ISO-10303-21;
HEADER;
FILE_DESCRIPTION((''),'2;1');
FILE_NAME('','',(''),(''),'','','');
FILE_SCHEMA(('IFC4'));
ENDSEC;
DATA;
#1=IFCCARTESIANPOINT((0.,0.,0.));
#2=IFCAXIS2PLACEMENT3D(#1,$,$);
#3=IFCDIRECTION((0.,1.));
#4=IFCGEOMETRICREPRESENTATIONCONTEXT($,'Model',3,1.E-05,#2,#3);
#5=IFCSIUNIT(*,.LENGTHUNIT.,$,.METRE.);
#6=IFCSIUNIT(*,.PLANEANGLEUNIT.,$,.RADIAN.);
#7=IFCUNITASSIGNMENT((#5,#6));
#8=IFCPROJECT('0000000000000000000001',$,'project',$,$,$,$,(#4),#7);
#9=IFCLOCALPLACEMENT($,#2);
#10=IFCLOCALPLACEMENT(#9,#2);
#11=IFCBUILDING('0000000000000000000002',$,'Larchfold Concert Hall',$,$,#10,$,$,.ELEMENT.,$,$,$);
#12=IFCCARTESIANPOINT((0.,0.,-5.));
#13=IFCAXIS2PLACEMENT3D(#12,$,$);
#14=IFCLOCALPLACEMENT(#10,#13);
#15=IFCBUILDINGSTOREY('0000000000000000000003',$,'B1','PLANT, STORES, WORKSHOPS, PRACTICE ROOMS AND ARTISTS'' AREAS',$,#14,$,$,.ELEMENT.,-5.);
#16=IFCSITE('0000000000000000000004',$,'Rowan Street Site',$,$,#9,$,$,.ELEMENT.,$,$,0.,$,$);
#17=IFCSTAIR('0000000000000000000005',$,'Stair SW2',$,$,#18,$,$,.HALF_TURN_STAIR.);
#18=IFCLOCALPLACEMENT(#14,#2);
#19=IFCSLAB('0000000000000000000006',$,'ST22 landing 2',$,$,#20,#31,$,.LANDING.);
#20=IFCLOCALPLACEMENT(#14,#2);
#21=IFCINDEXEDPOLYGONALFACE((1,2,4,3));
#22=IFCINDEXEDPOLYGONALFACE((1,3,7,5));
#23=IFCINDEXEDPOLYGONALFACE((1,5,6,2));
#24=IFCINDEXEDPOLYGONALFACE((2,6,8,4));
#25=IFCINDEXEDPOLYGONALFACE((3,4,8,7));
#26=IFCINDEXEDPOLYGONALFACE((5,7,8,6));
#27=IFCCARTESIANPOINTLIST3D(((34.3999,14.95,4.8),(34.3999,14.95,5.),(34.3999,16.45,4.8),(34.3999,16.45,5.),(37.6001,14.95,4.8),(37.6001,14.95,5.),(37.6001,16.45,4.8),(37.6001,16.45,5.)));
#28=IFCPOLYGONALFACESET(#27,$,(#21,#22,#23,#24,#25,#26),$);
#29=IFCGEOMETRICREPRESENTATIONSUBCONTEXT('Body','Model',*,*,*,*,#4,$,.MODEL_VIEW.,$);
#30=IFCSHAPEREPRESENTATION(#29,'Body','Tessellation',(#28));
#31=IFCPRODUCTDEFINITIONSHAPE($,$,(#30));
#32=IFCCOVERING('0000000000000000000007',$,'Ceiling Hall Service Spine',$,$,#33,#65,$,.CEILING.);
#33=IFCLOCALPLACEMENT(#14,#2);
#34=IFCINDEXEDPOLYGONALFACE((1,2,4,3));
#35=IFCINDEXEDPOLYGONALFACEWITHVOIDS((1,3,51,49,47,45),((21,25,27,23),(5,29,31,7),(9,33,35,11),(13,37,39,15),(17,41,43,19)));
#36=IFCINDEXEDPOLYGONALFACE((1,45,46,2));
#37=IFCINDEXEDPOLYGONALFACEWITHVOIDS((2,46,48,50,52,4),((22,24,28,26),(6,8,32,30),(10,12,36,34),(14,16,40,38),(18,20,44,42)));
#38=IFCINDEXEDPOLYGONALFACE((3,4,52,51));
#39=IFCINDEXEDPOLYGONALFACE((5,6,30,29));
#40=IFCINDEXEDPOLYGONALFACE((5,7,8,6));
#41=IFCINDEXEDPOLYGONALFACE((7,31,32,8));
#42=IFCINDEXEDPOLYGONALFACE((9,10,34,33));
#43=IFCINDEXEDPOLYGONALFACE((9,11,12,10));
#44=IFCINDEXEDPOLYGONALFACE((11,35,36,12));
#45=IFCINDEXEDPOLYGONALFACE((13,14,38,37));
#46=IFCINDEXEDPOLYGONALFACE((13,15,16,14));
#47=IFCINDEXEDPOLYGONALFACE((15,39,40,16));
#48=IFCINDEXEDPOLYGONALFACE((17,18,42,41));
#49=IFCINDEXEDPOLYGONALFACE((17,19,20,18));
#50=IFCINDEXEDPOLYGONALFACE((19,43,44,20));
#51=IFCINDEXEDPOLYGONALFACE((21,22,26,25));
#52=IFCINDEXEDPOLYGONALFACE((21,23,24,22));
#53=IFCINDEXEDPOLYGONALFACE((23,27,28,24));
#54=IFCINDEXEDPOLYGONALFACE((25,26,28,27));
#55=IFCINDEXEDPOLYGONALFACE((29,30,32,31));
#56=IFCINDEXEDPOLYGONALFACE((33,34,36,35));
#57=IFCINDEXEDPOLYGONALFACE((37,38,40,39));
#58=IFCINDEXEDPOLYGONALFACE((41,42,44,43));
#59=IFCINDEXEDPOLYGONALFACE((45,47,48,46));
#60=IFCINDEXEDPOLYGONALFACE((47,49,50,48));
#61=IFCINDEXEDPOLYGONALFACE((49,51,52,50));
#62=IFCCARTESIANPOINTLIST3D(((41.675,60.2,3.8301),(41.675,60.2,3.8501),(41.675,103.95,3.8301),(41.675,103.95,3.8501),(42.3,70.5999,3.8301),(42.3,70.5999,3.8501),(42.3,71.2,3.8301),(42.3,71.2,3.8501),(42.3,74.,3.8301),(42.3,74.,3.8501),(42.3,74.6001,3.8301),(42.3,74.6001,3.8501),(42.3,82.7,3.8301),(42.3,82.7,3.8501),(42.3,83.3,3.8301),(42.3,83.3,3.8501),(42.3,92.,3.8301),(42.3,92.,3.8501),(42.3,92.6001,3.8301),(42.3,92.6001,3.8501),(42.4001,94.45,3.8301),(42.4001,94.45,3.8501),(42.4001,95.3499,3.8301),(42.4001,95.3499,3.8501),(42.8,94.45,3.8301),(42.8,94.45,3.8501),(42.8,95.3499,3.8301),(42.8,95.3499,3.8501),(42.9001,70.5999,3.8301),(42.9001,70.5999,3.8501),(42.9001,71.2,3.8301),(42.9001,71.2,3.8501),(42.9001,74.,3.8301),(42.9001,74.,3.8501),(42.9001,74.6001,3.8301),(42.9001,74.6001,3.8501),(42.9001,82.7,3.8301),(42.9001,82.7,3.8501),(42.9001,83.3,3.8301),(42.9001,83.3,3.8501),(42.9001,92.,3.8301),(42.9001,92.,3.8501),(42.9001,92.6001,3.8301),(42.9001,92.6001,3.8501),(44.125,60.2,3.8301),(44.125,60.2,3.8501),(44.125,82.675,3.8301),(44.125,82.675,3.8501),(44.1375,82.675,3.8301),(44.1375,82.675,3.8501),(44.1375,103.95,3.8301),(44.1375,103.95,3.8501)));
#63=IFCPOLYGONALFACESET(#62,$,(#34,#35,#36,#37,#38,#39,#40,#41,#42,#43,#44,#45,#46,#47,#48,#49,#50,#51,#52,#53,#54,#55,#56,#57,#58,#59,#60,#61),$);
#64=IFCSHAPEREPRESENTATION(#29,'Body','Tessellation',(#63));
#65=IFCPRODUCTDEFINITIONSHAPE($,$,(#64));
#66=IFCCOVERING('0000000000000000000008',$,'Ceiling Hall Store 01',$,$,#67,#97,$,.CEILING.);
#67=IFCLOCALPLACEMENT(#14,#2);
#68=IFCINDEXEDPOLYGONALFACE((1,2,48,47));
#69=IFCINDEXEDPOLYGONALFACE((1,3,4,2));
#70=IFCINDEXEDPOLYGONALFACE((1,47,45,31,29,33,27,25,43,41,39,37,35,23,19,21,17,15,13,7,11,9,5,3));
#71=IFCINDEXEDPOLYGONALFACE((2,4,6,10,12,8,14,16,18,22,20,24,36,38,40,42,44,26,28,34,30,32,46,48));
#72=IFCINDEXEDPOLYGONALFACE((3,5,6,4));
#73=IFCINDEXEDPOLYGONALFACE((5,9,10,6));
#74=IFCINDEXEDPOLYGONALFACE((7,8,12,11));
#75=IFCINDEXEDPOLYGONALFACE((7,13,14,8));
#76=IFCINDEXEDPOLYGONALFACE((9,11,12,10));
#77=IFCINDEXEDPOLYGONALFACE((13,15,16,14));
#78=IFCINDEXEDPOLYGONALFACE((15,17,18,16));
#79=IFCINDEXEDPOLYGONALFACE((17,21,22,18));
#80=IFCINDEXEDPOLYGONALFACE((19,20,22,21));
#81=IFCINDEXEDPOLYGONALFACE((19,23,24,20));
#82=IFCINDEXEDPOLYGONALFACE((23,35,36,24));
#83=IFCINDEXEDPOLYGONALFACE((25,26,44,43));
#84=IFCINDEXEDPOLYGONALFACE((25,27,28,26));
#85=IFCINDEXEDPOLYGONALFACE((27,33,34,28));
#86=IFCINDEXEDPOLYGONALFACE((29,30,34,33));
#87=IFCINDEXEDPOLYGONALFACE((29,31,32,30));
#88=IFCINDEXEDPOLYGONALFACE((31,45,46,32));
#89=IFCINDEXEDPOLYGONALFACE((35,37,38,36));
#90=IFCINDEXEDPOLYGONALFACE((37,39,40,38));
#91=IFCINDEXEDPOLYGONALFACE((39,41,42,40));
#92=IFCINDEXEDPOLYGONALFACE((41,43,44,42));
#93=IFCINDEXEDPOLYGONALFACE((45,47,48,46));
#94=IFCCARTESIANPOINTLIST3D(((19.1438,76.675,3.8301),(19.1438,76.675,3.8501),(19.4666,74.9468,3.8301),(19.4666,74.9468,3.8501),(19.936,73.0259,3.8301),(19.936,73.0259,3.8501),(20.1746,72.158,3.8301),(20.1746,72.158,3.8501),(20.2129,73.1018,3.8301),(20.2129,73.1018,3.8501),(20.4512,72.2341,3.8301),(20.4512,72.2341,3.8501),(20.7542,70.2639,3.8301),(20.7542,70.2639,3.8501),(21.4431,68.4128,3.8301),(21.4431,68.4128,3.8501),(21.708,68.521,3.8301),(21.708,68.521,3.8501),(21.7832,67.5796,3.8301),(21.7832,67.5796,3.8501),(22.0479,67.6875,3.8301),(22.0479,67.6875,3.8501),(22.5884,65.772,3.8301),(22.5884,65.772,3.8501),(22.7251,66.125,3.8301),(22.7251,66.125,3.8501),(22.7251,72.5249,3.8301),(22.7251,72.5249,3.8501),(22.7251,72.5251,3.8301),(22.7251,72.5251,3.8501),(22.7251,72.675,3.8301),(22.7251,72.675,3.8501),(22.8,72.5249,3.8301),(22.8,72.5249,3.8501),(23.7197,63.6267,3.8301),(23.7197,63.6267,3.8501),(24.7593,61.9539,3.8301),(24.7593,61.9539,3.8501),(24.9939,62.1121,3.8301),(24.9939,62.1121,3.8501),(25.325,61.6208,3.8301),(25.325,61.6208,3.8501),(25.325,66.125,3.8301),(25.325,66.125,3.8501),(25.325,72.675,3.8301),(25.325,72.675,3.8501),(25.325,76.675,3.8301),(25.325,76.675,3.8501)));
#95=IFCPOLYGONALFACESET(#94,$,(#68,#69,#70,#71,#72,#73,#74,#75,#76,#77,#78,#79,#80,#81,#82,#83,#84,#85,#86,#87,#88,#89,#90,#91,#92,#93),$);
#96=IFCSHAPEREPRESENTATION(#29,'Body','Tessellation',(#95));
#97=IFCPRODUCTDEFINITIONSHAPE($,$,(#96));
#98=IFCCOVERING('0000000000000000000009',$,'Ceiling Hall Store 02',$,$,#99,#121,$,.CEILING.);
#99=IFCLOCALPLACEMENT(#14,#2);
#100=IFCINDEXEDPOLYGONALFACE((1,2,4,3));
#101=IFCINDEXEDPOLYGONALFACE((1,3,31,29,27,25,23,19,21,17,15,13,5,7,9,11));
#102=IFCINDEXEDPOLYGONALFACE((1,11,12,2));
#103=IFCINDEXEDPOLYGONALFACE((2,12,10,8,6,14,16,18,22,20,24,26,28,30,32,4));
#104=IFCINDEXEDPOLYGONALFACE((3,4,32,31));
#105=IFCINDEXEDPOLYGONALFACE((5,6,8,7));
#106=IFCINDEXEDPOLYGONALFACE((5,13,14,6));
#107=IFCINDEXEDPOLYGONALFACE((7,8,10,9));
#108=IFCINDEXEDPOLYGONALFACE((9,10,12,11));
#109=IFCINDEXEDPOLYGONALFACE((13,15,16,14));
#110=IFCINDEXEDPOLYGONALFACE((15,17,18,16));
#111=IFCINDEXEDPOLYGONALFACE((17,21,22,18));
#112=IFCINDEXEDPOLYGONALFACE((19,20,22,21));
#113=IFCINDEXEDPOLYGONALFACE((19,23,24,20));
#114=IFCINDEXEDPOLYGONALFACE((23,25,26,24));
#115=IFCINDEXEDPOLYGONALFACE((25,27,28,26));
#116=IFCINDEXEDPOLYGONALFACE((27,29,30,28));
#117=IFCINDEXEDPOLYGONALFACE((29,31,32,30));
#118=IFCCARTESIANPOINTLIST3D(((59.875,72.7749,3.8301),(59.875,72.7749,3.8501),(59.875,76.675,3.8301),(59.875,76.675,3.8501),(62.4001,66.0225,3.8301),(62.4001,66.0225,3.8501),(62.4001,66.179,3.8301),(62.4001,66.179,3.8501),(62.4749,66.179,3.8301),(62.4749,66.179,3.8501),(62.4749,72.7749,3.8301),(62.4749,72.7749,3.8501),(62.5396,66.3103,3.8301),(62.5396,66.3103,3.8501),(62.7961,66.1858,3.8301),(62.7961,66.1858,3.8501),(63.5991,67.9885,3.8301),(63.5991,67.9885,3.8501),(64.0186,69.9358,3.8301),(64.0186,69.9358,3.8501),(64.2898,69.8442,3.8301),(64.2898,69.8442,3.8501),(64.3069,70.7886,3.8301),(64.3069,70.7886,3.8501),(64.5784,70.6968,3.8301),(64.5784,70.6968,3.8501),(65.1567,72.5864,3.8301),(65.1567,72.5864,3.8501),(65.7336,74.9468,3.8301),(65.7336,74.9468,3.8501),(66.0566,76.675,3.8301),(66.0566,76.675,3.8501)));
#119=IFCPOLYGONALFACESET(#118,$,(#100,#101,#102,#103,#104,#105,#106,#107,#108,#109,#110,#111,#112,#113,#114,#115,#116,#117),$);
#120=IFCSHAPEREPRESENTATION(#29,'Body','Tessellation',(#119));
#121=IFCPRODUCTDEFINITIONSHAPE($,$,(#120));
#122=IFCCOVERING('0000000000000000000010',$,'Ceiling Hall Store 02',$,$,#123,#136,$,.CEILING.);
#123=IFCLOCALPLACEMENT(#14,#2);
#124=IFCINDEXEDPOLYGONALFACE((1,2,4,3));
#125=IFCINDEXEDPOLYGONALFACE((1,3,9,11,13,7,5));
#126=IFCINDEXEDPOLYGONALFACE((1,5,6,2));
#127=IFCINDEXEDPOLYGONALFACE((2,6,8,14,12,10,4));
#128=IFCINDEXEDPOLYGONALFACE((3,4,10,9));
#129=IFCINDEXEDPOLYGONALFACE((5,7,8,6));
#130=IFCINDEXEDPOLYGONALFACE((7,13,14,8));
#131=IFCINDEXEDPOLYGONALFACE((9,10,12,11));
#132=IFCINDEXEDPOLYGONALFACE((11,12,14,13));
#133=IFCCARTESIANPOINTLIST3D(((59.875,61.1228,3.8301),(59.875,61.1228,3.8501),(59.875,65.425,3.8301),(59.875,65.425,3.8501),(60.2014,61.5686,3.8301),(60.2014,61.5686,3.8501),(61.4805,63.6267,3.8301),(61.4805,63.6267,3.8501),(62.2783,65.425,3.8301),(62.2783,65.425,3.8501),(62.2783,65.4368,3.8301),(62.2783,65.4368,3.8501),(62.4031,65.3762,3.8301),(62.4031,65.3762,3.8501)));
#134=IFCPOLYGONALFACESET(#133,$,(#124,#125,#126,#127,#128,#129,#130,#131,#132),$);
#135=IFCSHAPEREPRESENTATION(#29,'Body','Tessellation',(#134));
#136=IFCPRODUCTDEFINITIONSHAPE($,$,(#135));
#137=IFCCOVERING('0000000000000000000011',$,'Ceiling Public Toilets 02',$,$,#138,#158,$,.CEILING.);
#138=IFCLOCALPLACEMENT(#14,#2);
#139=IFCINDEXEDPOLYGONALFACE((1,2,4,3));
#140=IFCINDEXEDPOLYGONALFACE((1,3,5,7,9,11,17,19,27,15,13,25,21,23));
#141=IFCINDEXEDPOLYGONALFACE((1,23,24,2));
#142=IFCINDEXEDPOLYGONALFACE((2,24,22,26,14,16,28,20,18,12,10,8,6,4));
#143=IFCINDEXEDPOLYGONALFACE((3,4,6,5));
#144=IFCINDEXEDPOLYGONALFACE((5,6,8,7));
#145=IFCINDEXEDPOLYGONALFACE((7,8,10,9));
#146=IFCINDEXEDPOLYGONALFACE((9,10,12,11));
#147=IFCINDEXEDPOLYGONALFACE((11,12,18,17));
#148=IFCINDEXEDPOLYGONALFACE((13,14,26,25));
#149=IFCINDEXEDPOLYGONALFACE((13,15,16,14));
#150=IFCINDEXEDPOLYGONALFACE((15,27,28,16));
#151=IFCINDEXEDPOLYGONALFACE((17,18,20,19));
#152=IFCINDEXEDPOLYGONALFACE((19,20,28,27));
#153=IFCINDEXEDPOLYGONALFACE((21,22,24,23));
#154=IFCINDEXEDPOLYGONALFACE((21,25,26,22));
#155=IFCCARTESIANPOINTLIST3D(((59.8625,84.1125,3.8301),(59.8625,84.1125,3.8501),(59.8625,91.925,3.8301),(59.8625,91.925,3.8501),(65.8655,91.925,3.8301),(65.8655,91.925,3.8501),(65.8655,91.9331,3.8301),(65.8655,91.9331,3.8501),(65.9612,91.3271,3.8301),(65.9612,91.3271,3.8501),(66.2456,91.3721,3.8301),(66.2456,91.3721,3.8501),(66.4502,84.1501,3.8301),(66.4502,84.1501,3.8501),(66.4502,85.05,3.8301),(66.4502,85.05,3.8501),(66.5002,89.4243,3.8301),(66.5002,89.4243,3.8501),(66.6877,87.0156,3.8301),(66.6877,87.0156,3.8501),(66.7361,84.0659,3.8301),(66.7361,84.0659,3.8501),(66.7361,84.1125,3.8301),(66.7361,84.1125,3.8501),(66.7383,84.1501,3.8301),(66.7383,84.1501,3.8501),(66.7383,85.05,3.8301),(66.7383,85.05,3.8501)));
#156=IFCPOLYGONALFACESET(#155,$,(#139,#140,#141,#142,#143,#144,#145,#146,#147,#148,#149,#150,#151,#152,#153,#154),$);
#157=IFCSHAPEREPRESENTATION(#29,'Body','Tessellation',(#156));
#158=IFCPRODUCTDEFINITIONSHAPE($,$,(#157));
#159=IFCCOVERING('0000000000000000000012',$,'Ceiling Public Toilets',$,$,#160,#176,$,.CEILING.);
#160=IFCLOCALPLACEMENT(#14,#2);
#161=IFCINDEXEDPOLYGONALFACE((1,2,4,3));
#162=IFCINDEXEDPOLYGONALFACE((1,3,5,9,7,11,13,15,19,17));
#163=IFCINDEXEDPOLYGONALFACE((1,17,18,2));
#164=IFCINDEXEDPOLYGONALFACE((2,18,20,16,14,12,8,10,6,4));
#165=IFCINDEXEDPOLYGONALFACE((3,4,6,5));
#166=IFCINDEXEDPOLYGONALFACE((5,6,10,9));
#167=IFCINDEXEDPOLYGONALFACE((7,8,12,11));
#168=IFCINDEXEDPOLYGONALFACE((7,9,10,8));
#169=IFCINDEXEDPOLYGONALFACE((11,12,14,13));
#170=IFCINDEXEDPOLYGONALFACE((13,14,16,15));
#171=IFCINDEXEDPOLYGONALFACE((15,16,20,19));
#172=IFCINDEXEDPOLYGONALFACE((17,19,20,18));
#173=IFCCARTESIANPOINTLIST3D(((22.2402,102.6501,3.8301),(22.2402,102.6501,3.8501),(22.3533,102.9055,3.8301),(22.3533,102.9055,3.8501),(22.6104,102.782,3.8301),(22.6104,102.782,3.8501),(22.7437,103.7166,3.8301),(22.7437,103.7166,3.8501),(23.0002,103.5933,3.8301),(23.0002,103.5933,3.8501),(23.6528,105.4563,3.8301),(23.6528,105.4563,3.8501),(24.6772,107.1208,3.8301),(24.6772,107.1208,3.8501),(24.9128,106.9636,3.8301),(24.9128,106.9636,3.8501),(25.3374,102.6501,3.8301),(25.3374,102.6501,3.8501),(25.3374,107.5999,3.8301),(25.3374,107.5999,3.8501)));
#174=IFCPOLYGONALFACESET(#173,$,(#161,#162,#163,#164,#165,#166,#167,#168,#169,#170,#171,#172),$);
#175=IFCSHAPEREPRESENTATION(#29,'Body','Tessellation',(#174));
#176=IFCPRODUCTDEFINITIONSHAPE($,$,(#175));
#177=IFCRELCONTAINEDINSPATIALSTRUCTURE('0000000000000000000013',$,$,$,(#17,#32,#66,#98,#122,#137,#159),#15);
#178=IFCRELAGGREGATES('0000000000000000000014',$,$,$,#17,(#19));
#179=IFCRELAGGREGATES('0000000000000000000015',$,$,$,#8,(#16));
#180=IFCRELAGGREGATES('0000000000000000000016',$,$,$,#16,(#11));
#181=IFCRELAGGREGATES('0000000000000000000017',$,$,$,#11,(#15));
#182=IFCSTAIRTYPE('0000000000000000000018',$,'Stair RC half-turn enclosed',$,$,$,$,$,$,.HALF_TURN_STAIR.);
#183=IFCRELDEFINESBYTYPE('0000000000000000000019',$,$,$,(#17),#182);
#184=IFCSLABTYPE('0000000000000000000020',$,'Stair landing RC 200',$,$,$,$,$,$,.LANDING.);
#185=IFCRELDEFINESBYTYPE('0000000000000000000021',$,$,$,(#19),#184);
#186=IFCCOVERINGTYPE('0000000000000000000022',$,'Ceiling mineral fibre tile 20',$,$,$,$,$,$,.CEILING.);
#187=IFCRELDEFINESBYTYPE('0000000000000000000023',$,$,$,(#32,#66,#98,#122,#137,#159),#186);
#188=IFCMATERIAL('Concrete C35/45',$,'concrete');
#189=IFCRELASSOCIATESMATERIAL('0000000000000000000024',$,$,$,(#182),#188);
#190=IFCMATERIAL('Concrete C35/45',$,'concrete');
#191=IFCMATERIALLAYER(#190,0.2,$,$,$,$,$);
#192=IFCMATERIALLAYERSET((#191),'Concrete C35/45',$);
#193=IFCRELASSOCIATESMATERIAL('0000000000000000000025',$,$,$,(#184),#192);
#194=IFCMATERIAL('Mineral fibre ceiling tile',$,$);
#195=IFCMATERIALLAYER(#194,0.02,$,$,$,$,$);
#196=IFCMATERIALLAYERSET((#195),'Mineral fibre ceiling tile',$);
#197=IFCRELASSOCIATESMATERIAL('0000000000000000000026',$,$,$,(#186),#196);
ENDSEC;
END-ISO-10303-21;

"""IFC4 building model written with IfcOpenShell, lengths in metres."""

from ifc_helpers import new_model, si_unit, direction, frame, origin, place, context, subcontext, project, spatial, polyline, outline, extrude, material, layer, layer_set, type_object, element, aggregate, save


model = new_model("IFC4")

# Units and contexts
model_context = context("Model", 3, precision=1e-05, world=origin(), true_north=direction((0.0, 1.0)))
body_context = subcontext(model_context, "Body", "Model", "MODEL_VIEW")
ifc_project = project(units=[si_unit("LENGTHUNIT", "METRE"), si_unit("PLANEANGLEUNIT", "RADIAN")], contexts=[model_context])

# Site, building, storey
site_placement = place(None, origin())
site = spatial("IfcSite", under=ifc_project, at=site_placement, Name="Rowan Street Site", CompositionType="ELEMENT", RefElevation=0.0)
building_placement = place(site_placement, origin())
building = spatial("IfcBuilding", under=site, at=building_placement, Name="Larchfold Concert Hall", CompositionType="ELEMENT")
storey_placement = place(building_placement, frame((0.0, 0.0, -5.0)))
storey = spatial("IfcBuildingStorey", under=building, at=storey_placement, Name="B1", Description="PLANT, STORES, WORKSHOPS, PRACTICE ROOMS AND ARTISTS' AREAS", CompositionType="ELEMENT", Elevation=-5.0)

# Shared definitions
ifc_material_1 = material(Name="Concrete C35/45", Category="concrete")
stair_type = type_object("IfcStairType", Name="Stair RC half-turn enclosed", PredefinedType="HALF_TURN_STAIR", material=ifc_material_1)
ifc_material_2 = material(Name="Concrete C35/45", Category="concrete")
ifc_layer_1 = layer(ifc_material_2, 0.2)
ifc_layer_set_1 = layer_set([ifc_layer_1], Name="Concrete C35/45")
slab_type = type_object("IfcSlabType", Name="Stair landing RC 200", PredefinedType="LANDING", material=ifc_layer_set_1)

# Stair, slab
stair_1_placement = place(storey_placement, origin())
stair_1 = element("IfcStair", 1, at=stair_1_placement, inside=storey, type_object=stair_type, Name="Stair SW2", PredefinedType="HALF_TURN_STAIR")
slab_1_placement = place(storey_placement, frame((0.0, 0.0, 4.8)))
slab_1 = element("IfcSlab", 2, at=slab_1_placement, type_object=slab_type, Name="ST22 landing 2", PredefinedType="LANDING", context=body_context, shape_type="SweptSolid", body=[
    extrude(outline(polyline([(34.3999, 16.45), (34.3999, 14.95), (37.6001, 14.95), (37.6001, 16.45), (34.3999, 16.45)])), origin(), (0.0, 0.0, 1.0), 0.2),
])
aggregate(stair_1, [slab_1])

# Coverings
ifc_material_3 = material(Name="Mineral fibre ceiling tile")
ifc_layer_2 = layer(ifc_material_3, 0.02)
ifc_layer_set_2 = layer_set([ifc_layer_2], Name="Mineral fibre ceiling tile")
covering_type_1 = type_object("IfcCoveringType", Name="Ceiling mineral fibre tile 20", PredefinedType="CEILING", material=ifc_layer_set_2)
covering_1_placement = place(storey_placement, frame((0.0, 0.0, 3.8301)))
element("IfcCovering", 3, at=covering_1_placement, inside=storey, type_object=covering_type_1, Name="Ceiling Hall Service Spine", PredefinedType="CEILING", context=body_context, shape_type="SweptSolid", body=[
    extrude(outline(polyline([(41.675, 60.2), (44.125, 60.2), (44.125, 82.675), (44.1375, 82.675), (44.1375, 103.95), (41.675, 103.95), (41.675, 60.2)]), holes=[polyline([(42.3, 71.2), (42.9001, 71.2), (42.9001, 70.5999), (42.3, 70.5999), (42.3, 71.2)]), polyline([(42.3, 74.6001), (42.9001, 74.6001), (42.9001, 74.0), (42.3, 74.0), (42.3, 74.6001)]), polyline([(42.3, 83.3), (42.9001, 83.3), (42.9001, 82.7), (42.3, 82.7), (42.3, 83.3)]), polyline([(42.3, 92.6001), (42.9001, 92.6001), (42.9001, 92.0), (42.3, 92.0), (42.3, 92.6001)]), polyline([(42.4001, 95.3499), (42.8, 95.3499), (42.8, 94.45), (42.4001, 94.45), (42.4001, 95.3499)])]), origin(), (0.0, 0.0, 1.0), 0.02),
])
covering_2_placement = place(storey_placement, frame((0.0, 0.0, 3.8301)))
element("IfcCovering", 4, at=covering_2_placement, inside=storey, type_object=covering_type_1, Name="Ceiling Hall Store 01", PredefinedType="CEILING", context=body_context, shape_type="SweptSolid", body=[
    extrude(outline(polyline([(22.8, 72.5249), (22.7251, 72.5251), (22.7251, 72.675), (25.325, 72.675), (25.325, 76.675), (19.1438, 76.675), (19.4666, 74.9468), (19.936, 73.0259), (20.2129, 73.1018), (20.4512, 72.2341), (20.1746, 72.158), (20.7542, 70.2639), (21.4431, 68.4128), (21.708, 68.521), (22.0479, 67.6875), (21.7832, 67.5796), (22.5884, 65.772), (23.7197, 63.6267), (24.7593, 61.9539), (24.9939, 62.1121), (25.325, 61.6208), (25.325, 66.125), (22.7251, 66.125), (22.7251, 72.5249), (22.8, 72.5249)])), origin(), (0.0, 0.0, 1.0), 0.02),
])
covering_3_placement = place(storey_placement, frame((0.0, 0.0, 3.8301)))
element("IfcCovering", 5, at=covering_3_placement, inside=storey, type_object=covering_type_1, Name="Ceiling Hall Store 02", PredefinedType="CEILING", context=body_context, shape_type="SweptSolid", body=[
    extrude(outline(polyline([(62.4001, 66.179), (62.4001, 66.0225), (62.5396, 66.3103), (62.7961, 66.1858), (63.5991, 67.9885), (64.2898, 69.8442), (64.0186, 69.9358), (64.3069, 70.7886), (64.5784, 70.6968), (65.1567, 72.5864), (65.7336, 74.9468), (66.0566, 76.675), (59.875, 76.675), (59.875, 72.7749), (62.4749, 72.7749), (62.4749, 66.179), (62.4001, 66.179)])), origin(), (0.0, 0.0, 1.0), 0.02),
])
covering_4_placement = place(storey_placement, frame((0.0, 0.0, 3.8301)))
element("IfcCovering", 6, at=covering_4_placement, inside=storey, type_object=covering_type_1, Name="Ceiling Hall Store 02", PredefinedType="CEILING", context=body_context, shape_type="SweptSolid", body=[
    extrude(outline(polyline([(62.2783, 65.425), (59.875, 65.425), (59.875, 61.1228), (60.2014, 61.5686), (61.4805, 63.6267), (62.4031, 65.3762), (62.2783, 65.4368), (62.2783, 65.425)])), origin(), (0.0, 0.0, 1.0), 0.02),
])
covering_5_placement = place(storey_placement, frame((0.0, 0.0, 3.8301)))
element("IfcCovering", 7, at=covering_5_placement, inside=storey, type_object=covering_type_1, Name="Ceiling Public Toilets 02", PredefinedType="CEILING", context=body_context, shape_type="SweptSolid", body=[
    extrude(outline(polyline([(65.8655, 91.925), (59.8625, 91.925), (59.8625, 84.1125), (66.7361, 84.1125), (66.7361, 84.0659), (66.7383, 84.1501), (66.4502, 84.1501), (66.4502, 85.05), (66.7383, 85.05), (66.6877, 87.0156), (66.5002, 89.4243), (66.2456, 91.3721), (65.9612, 91.3271), (65.8655, 91.9331), (65.8655, 91.925)])), origin(), (0.0, 0.0, 1.0), 0.02),
])
covering_6_placement = place(storey_placement, frame((0.0, 0.0, 3.8301)))
element("IfcCovering", 8, at=covering_6_placement, inside=storey, type_object=covering_type_1, Name="Ceiling Public Toilets", PredefinedType="CEILING", context=body_context, shape_type="SweptSolid", body=[
    extrude(outline(polyline([(25.3374, 102.6501), (25.3374, 107.5999), (24.9128, 106.9636), (24.6772, 107.1208), (23.6528, 105.4563), (22.7437, 103.7166), (23.0002, 103.5933), (22.6104, 102.782), (22.3533, 102.9055), (22.2402, 102.6501), (25.3374, 102.6501)])), origin(), (0.0, 0.0, 1.0), 0.02),
])

save(model, "model.ifc")
